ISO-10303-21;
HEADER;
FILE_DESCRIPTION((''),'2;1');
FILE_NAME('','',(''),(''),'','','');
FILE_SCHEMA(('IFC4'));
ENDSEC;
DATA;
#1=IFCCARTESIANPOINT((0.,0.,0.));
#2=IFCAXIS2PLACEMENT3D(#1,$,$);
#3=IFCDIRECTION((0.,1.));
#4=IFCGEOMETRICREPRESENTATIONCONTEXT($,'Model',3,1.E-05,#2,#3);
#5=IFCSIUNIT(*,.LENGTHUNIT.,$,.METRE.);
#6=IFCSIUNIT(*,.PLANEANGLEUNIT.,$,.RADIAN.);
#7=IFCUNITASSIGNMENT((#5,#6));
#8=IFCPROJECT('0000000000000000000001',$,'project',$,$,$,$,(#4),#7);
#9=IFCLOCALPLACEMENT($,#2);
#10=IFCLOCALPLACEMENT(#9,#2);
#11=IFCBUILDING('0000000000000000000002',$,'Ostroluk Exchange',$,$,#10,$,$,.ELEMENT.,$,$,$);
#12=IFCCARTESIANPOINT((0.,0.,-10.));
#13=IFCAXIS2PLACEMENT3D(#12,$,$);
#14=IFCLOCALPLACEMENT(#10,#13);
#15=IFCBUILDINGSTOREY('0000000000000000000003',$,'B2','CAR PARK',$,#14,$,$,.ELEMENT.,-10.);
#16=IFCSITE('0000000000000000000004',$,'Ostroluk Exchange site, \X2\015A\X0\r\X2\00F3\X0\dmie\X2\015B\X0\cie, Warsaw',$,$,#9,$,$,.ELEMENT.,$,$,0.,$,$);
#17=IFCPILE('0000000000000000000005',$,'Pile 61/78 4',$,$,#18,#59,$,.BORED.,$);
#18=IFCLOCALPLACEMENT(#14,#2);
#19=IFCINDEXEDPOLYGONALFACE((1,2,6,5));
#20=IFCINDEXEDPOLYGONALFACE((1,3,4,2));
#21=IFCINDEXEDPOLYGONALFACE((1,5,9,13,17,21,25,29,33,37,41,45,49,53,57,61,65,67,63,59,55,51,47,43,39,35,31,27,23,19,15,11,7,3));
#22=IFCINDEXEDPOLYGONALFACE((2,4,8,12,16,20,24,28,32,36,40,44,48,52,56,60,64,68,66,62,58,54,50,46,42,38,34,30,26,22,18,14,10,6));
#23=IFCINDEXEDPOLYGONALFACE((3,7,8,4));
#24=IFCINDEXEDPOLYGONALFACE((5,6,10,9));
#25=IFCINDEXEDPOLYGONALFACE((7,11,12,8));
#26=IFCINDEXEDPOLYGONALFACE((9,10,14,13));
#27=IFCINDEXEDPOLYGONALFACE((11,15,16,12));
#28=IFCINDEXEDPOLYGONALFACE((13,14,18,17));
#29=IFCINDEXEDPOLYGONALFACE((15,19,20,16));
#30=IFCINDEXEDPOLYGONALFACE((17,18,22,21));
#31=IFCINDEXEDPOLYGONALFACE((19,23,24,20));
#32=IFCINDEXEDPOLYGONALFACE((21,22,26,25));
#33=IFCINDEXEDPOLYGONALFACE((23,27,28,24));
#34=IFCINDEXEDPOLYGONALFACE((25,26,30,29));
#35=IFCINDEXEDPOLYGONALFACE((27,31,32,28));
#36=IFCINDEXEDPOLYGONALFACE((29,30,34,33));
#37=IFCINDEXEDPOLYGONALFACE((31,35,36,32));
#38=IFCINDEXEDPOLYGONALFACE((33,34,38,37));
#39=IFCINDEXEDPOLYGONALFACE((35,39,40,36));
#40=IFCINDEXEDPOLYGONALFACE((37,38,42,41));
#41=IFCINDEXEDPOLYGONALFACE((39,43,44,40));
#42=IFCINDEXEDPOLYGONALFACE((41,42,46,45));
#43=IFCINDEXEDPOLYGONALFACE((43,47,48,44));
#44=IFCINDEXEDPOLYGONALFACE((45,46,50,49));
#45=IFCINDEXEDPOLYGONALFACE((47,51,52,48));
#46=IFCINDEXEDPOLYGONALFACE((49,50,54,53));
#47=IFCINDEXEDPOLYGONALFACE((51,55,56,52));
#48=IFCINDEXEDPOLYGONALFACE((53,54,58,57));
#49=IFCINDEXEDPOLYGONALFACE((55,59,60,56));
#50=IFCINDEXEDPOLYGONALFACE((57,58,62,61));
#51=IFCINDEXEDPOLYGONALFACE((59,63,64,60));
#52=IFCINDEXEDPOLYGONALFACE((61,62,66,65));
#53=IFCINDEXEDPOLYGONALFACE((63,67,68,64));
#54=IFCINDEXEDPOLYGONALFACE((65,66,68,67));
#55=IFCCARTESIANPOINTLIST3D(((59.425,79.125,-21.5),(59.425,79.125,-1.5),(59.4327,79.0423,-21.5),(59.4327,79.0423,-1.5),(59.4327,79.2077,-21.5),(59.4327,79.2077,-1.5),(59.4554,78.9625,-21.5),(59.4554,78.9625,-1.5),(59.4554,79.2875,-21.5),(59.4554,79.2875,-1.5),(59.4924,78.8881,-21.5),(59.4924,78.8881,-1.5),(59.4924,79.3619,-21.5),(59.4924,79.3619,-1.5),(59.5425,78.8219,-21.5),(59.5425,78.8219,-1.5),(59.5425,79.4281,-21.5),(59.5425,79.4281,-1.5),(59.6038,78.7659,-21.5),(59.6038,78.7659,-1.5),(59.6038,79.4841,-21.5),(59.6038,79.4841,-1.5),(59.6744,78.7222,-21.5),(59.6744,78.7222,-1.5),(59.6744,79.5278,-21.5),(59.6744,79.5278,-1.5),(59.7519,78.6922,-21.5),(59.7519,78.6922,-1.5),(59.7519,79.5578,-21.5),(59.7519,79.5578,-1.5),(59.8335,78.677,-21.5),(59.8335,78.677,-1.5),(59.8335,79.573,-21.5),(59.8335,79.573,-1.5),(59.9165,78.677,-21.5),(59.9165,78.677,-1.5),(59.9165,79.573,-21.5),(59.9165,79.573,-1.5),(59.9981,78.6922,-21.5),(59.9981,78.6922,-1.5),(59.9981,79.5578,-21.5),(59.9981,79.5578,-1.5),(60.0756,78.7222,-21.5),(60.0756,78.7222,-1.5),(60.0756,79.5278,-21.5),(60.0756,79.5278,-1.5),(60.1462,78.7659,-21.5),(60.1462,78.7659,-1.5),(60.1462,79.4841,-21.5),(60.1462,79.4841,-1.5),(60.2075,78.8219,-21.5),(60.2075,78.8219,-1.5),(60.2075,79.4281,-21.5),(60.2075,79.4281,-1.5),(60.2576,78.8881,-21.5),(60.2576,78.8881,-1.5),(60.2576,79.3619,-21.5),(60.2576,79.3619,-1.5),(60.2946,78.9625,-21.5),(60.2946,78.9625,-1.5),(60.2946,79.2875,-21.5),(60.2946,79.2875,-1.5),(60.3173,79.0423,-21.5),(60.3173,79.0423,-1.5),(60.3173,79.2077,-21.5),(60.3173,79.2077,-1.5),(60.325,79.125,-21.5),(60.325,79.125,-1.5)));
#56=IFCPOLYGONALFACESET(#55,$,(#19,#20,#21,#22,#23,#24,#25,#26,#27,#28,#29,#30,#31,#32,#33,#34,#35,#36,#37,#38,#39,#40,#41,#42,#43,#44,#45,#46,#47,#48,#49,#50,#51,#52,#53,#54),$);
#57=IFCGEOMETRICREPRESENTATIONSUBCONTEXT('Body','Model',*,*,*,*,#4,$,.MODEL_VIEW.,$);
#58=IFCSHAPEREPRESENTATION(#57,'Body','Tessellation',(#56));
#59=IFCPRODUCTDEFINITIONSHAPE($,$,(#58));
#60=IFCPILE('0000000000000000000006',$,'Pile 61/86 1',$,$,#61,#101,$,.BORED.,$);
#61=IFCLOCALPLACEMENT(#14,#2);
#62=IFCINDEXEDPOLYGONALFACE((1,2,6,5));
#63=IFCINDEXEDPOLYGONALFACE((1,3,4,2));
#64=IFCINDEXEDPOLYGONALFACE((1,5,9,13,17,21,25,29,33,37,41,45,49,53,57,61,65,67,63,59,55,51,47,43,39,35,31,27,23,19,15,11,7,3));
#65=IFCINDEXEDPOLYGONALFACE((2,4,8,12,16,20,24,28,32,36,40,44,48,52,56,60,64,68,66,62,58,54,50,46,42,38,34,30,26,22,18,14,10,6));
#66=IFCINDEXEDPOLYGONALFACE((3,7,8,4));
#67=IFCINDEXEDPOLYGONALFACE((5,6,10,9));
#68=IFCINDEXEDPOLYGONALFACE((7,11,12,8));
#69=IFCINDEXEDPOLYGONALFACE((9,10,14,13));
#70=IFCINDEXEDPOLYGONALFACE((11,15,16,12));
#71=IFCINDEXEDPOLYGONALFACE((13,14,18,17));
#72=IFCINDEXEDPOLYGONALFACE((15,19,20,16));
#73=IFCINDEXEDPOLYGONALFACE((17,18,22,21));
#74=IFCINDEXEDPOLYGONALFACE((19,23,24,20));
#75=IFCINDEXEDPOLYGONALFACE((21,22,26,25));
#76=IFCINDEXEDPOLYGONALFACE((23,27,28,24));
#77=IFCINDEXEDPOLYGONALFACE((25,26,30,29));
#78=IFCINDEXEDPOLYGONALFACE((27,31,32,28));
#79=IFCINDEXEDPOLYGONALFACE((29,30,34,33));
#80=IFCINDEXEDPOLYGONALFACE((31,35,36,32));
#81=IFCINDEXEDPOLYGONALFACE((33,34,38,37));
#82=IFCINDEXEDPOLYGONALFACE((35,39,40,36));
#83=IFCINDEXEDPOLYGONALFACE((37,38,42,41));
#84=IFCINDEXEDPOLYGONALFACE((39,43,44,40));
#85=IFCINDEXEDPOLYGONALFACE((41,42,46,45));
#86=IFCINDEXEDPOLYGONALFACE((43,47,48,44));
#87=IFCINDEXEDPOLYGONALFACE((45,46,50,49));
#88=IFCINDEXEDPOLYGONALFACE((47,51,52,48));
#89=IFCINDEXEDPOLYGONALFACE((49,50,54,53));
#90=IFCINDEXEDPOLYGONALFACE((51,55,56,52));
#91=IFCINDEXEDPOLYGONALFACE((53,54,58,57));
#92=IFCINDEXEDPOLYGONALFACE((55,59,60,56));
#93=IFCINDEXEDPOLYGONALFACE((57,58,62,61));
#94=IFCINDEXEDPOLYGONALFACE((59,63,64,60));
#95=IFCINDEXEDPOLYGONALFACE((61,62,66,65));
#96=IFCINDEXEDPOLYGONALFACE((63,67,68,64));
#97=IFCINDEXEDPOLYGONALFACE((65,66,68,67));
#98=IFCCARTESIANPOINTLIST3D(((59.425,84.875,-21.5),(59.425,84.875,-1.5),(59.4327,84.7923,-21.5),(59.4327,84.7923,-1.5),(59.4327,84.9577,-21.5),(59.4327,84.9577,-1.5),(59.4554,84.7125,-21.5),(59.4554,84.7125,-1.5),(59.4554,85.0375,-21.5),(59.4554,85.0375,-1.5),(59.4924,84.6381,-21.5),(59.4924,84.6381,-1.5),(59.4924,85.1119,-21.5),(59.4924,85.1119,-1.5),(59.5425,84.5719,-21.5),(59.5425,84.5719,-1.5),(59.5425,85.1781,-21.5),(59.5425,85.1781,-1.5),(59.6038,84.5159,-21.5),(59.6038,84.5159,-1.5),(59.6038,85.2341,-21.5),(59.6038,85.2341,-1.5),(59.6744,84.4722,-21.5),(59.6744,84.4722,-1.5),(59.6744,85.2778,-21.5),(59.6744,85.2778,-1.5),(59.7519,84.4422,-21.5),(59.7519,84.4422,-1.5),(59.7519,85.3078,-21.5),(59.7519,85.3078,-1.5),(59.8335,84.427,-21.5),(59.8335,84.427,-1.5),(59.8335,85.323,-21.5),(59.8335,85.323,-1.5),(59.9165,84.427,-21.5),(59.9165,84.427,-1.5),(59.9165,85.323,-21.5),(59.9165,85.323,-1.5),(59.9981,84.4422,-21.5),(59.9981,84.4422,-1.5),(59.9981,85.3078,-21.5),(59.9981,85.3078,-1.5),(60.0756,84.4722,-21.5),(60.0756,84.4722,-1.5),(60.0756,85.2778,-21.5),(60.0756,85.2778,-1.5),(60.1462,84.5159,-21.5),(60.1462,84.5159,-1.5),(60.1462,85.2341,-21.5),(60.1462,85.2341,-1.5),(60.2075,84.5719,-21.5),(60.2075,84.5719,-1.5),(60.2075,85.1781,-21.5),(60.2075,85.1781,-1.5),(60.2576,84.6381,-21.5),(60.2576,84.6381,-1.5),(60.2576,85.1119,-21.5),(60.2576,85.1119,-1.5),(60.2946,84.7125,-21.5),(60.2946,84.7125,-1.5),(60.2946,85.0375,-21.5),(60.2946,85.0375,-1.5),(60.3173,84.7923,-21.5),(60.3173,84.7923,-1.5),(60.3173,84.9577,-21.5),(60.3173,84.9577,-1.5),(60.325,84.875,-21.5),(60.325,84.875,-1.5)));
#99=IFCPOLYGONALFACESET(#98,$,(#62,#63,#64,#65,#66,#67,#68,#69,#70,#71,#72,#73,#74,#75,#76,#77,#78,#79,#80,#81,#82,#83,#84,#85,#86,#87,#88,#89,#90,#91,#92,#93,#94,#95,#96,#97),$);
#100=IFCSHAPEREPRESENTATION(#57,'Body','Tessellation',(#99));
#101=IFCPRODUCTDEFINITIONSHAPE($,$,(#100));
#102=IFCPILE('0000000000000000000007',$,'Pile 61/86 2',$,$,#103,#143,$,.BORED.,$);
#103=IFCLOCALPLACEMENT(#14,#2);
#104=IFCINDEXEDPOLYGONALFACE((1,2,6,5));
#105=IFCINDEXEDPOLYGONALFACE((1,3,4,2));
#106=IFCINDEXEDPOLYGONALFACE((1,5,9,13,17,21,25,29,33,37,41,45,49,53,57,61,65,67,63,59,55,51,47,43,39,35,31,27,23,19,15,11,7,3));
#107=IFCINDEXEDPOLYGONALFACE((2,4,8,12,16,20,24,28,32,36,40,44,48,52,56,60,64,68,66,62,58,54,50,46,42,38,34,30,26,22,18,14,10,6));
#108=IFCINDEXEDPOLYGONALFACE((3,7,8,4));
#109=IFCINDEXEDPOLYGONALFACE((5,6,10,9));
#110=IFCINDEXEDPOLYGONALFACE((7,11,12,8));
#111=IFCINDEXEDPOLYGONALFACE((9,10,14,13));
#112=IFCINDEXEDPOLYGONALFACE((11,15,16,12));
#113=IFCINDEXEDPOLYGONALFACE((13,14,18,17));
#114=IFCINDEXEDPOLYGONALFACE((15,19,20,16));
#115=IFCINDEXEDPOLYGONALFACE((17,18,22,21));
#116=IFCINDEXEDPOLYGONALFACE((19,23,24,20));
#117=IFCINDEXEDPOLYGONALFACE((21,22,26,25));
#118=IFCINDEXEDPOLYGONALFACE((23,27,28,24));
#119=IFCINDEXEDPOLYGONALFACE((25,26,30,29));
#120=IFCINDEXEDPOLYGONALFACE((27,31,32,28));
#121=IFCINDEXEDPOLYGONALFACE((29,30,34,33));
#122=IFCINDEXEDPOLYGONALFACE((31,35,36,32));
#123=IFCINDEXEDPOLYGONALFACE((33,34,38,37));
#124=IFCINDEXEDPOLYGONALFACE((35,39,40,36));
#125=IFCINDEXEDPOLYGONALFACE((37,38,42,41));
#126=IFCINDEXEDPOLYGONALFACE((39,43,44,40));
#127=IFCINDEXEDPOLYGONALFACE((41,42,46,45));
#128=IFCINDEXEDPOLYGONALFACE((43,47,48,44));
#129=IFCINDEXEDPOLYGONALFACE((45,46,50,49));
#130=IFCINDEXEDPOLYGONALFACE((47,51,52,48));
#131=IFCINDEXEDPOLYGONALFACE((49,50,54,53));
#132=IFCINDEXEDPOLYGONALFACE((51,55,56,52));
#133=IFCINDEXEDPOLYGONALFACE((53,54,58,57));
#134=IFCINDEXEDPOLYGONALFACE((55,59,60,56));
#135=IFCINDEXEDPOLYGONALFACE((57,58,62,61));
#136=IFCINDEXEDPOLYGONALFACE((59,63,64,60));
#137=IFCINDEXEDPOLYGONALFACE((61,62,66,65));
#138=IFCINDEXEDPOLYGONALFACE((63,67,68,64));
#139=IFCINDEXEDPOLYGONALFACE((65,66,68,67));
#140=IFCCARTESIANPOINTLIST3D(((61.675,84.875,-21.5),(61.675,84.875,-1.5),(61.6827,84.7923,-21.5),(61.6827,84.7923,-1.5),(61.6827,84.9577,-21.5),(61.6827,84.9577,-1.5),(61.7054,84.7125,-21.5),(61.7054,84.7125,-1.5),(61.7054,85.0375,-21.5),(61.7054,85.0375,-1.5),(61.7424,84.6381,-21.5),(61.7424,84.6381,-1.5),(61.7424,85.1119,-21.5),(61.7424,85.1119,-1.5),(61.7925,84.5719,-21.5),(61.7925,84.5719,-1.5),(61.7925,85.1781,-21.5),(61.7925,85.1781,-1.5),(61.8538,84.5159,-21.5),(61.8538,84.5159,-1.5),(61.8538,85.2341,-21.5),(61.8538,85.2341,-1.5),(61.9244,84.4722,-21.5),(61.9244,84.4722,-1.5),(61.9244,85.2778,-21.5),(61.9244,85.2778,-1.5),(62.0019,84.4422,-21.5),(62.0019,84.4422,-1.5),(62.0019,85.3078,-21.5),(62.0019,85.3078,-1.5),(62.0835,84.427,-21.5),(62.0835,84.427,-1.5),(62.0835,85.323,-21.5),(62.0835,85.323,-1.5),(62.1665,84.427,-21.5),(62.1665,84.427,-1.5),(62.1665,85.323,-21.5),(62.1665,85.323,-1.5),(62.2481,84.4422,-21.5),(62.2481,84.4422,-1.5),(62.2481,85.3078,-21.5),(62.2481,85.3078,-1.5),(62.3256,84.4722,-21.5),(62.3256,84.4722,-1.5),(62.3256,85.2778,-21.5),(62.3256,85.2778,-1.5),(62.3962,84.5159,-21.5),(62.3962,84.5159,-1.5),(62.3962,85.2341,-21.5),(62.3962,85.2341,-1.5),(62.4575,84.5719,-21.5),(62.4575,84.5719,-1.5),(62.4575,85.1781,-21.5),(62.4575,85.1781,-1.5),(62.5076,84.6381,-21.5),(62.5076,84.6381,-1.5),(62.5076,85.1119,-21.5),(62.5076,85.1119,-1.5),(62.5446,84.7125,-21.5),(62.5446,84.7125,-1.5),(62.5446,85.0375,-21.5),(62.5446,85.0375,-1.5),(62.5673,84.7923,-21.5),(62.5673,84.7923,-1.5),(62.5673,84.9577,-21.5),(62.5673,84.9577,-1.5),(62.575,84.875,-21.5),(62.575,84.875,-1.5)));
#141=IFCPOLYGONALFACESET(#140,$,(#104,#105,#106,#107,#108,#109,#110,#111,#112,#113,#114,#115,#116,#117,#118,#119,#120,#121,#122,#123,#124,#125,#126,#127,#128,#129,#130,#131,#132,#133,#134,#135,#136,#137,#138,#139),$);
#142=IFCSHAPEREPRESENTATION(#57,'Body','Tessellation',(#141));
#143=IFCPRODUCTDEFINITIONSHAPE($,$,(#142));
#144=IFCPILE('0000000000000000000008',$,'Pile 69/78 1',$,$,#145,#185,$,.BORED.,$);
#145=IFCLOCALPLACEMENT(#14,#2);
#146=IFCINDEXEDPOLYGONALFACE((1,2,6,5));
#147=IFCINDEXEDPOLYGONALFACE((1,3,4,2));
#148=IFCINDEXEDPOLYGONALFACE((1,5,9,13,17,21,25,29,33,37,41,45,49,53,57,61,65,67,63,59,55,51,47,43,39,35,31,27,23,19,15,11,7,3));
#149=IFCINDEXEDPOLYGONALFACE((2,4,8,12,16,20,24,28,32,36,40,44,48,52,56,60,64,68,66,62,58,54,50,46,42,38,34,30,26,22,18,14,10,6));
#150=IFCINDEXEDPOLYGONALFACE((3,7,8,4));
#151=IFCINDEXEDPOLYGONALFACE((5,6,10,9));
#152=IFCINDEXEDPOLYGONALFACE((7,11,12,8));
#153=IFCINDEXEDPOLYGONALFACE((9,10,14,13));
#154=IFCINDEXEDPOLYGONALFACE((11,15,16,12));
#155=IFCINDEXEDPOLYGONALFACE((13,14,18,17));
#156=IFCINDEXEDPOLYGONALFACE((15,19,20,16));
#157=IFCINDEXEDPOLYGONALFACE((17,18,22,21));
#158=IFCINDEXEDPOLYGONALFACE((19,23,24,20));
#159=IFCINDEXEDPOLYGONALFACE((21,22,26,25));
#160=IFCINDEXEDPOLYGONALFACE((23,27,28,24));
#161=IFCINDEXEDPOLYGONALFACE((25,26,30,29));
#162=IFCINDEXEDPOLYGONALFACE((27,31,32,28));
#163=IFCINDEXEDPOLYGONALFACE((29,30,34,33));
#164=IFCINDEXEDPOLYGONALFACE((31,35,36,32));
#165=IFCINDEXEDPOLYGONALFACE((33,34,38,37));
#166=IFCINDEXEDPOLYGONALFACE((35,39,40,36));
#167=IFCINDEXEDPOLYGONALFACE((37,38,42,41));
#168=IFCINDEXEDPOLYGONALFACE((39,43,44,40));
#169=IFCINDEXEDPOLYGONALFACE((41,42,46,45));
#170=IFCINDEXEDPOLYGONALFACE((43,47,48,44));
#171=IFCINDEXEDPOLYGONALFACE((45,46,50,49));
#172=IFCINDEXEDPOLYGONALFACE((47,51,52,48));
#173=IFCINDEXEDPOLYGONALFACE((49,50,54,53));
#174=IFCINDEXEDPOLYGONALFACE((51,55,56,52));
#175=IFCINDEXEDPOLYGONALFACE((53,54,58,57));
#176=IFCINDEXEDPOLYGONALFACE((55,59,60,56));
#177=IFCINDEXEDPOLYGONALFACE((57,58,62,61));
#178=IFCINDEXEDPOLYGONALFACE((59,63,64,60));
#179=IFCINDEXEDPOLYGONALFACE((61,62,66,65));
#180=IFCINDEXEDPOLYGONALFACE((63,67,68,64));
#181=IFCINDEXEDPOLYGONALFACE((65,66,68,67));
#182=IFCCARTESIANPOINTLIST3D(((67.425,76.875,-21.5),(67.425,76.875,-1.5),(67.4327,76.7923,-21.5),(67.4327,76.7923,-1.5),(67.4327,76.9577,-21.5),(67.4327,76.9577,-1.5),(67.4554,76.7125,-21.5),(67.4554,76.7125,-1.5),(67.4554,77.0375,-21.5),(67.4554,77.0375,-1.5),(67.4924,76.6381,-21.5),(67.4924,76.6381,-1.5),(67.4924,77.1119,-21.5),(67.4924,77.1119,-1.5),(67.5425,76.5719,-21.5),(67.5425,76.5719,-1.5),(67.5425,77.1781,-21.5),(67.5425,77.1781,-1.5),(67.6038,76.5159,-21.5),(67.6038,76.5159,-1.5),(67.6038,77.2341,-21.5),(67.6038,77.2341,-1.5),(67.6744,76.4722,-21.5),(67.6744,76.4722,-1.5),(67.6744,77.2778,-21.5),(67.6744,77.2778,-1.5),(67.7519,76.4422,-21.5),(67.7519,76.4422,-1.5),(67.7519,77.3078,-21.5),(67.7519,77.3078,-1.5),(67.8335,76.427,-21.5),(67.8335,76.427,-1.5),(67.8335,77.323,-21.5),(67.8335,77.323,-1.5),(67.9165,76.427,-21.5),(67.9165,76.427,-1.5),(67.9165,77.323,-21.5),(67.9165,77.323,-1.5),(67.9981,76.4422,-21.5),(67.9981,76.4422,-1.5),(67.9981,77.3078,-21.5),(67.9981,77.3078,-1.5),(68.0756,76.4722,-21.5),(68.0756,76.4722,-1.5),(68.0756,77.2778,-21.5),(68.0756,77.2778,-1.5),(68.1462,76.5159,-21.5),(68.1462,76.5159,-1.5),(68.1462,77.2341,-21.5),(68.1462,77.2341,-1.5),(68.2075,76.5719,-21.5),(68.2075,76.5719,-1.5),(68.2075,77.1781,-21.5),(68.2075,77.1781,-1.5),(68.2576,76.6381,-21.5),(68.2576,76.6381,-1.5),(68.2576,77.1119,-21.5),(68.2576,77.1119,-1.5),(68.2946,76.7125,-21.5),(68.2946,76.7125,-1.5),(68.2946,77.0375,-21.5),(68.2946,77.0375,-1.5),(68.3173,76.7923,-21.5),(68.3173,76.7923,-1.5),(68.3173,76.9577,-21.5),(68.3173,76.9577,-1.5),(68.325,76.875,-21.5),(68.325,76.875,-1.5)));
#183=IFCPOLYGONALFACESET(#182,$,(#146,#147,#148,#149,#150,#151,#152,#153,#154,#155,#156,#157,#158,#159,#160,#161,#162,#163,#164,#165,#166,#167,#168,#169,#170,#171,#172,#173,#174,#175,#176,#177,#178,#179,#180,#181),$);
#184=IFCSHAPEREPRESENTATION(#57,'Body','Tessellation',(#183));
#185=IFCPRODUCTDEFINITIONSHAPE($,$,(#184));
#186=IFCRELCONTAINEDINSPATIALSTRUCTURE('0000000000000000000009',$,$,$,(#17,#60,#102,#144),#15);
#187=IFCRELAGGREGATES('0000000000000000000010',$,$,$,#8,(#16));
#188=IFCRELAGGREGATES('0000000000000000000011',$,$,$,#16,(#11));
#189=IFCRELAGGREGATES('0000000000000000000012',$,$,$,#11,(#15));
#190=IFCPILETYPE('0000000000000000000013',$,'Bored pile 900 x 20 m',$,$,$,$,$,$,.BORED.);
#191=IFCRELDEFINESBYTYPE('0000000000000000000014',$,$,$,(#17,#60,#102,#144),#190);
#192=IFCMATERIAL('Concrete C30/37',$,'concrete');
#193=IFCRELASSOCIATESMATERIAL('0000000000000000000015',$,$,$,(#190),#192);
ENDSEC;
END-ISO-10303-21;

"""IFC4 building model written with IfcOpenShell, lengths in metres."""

from ifc_helpers import new_model, si_unit, direction, frame, origin, origin_2d, place, context, subcontext, project, spatial, circle, extrude, material, type_object, element, save


model = new_model("IFC4")

# Units and contexts
model_context = context("Model", 3, precision=1e-05, world=origin(), true_north=direction((0.0, 1.0)))
body_context = subcontext(model_context, "Body", "Model", "MODEL_VIEW")
ifc_project = project(units=[si_unit("LENGTHUNIT", "METRE"), si_unit("PLANEANGLEUNIT", "RADIAN")], contexts=[model_context])

# Site, building, storey
site_placement = place(None, origin())
site = spatial("IfcSite", under=ifc_project, at=site_placement, Name="Ostroluk Exchange site, Śródmieście, Warsaw", CompositionType="ELEMENT", RefElevation=0.0)
building_placement = place(site_placement, origin())
building = spatial("IfcBuilding", under=site, at=building_placement, Name="Ostroluk Exchange", CompositionType="ELEMENT")
storey_placement = place(building_placement, frame((0.0, 0.0, -10.0)))
storey = spatial("IfcBuildingStorey", under=building, at=storey_placement, Name="B2", Description="CAR PARK", CompositionType="ELEMENT", Elevation=-10.0)

# Piles
ifc_material_1 = material(Name="Concrete C30/37", Category="concrete")
pile_type_1 = type_object("IfcPileType", Name="Bored pile 900 x 20 m", PredefinedType="BORED", material=ifc_material_1)
for number, where, z_axis, x_axis, name in (
    (1, (59.875, 79.125, -1.5), (0.0, 0.0, -1.0), (1.0, 0.0, 0.0), "Pile 61/78 4"),
    (2, (59.875, 84.875, -1.5), (0.0, 0.0, -1.0), (1.0, 0.0, 0.0), "Pile 61/86 1"),
    (3, (62.125, 84.875, -1.5), (0.0, 0.0, -1.0), (1.0, 0.0, 0.0), "Pile 61/86 2"),
    (4, (67.875, 76.875, -1.5), (0.0, 0.0, -1.0), (1.0, 0.0, 0.0), "Pile 69/78 1"),
):
    element("IfcPile", number, at=place(storey_placement, frame(where, z_axis=z_axis, x_axis=x_axis)), inside=storey, type_object=pile_type_1, Name=name, PredefinedType="BORED", context=body_context, shape_type="SweptSolid", body=[
        extrude(circle(Radius=0.45, at=origin_2d()), origin(), (0.0, 0.0, 1.0), 20.0),
    ])

save(model, "model.ifc")
